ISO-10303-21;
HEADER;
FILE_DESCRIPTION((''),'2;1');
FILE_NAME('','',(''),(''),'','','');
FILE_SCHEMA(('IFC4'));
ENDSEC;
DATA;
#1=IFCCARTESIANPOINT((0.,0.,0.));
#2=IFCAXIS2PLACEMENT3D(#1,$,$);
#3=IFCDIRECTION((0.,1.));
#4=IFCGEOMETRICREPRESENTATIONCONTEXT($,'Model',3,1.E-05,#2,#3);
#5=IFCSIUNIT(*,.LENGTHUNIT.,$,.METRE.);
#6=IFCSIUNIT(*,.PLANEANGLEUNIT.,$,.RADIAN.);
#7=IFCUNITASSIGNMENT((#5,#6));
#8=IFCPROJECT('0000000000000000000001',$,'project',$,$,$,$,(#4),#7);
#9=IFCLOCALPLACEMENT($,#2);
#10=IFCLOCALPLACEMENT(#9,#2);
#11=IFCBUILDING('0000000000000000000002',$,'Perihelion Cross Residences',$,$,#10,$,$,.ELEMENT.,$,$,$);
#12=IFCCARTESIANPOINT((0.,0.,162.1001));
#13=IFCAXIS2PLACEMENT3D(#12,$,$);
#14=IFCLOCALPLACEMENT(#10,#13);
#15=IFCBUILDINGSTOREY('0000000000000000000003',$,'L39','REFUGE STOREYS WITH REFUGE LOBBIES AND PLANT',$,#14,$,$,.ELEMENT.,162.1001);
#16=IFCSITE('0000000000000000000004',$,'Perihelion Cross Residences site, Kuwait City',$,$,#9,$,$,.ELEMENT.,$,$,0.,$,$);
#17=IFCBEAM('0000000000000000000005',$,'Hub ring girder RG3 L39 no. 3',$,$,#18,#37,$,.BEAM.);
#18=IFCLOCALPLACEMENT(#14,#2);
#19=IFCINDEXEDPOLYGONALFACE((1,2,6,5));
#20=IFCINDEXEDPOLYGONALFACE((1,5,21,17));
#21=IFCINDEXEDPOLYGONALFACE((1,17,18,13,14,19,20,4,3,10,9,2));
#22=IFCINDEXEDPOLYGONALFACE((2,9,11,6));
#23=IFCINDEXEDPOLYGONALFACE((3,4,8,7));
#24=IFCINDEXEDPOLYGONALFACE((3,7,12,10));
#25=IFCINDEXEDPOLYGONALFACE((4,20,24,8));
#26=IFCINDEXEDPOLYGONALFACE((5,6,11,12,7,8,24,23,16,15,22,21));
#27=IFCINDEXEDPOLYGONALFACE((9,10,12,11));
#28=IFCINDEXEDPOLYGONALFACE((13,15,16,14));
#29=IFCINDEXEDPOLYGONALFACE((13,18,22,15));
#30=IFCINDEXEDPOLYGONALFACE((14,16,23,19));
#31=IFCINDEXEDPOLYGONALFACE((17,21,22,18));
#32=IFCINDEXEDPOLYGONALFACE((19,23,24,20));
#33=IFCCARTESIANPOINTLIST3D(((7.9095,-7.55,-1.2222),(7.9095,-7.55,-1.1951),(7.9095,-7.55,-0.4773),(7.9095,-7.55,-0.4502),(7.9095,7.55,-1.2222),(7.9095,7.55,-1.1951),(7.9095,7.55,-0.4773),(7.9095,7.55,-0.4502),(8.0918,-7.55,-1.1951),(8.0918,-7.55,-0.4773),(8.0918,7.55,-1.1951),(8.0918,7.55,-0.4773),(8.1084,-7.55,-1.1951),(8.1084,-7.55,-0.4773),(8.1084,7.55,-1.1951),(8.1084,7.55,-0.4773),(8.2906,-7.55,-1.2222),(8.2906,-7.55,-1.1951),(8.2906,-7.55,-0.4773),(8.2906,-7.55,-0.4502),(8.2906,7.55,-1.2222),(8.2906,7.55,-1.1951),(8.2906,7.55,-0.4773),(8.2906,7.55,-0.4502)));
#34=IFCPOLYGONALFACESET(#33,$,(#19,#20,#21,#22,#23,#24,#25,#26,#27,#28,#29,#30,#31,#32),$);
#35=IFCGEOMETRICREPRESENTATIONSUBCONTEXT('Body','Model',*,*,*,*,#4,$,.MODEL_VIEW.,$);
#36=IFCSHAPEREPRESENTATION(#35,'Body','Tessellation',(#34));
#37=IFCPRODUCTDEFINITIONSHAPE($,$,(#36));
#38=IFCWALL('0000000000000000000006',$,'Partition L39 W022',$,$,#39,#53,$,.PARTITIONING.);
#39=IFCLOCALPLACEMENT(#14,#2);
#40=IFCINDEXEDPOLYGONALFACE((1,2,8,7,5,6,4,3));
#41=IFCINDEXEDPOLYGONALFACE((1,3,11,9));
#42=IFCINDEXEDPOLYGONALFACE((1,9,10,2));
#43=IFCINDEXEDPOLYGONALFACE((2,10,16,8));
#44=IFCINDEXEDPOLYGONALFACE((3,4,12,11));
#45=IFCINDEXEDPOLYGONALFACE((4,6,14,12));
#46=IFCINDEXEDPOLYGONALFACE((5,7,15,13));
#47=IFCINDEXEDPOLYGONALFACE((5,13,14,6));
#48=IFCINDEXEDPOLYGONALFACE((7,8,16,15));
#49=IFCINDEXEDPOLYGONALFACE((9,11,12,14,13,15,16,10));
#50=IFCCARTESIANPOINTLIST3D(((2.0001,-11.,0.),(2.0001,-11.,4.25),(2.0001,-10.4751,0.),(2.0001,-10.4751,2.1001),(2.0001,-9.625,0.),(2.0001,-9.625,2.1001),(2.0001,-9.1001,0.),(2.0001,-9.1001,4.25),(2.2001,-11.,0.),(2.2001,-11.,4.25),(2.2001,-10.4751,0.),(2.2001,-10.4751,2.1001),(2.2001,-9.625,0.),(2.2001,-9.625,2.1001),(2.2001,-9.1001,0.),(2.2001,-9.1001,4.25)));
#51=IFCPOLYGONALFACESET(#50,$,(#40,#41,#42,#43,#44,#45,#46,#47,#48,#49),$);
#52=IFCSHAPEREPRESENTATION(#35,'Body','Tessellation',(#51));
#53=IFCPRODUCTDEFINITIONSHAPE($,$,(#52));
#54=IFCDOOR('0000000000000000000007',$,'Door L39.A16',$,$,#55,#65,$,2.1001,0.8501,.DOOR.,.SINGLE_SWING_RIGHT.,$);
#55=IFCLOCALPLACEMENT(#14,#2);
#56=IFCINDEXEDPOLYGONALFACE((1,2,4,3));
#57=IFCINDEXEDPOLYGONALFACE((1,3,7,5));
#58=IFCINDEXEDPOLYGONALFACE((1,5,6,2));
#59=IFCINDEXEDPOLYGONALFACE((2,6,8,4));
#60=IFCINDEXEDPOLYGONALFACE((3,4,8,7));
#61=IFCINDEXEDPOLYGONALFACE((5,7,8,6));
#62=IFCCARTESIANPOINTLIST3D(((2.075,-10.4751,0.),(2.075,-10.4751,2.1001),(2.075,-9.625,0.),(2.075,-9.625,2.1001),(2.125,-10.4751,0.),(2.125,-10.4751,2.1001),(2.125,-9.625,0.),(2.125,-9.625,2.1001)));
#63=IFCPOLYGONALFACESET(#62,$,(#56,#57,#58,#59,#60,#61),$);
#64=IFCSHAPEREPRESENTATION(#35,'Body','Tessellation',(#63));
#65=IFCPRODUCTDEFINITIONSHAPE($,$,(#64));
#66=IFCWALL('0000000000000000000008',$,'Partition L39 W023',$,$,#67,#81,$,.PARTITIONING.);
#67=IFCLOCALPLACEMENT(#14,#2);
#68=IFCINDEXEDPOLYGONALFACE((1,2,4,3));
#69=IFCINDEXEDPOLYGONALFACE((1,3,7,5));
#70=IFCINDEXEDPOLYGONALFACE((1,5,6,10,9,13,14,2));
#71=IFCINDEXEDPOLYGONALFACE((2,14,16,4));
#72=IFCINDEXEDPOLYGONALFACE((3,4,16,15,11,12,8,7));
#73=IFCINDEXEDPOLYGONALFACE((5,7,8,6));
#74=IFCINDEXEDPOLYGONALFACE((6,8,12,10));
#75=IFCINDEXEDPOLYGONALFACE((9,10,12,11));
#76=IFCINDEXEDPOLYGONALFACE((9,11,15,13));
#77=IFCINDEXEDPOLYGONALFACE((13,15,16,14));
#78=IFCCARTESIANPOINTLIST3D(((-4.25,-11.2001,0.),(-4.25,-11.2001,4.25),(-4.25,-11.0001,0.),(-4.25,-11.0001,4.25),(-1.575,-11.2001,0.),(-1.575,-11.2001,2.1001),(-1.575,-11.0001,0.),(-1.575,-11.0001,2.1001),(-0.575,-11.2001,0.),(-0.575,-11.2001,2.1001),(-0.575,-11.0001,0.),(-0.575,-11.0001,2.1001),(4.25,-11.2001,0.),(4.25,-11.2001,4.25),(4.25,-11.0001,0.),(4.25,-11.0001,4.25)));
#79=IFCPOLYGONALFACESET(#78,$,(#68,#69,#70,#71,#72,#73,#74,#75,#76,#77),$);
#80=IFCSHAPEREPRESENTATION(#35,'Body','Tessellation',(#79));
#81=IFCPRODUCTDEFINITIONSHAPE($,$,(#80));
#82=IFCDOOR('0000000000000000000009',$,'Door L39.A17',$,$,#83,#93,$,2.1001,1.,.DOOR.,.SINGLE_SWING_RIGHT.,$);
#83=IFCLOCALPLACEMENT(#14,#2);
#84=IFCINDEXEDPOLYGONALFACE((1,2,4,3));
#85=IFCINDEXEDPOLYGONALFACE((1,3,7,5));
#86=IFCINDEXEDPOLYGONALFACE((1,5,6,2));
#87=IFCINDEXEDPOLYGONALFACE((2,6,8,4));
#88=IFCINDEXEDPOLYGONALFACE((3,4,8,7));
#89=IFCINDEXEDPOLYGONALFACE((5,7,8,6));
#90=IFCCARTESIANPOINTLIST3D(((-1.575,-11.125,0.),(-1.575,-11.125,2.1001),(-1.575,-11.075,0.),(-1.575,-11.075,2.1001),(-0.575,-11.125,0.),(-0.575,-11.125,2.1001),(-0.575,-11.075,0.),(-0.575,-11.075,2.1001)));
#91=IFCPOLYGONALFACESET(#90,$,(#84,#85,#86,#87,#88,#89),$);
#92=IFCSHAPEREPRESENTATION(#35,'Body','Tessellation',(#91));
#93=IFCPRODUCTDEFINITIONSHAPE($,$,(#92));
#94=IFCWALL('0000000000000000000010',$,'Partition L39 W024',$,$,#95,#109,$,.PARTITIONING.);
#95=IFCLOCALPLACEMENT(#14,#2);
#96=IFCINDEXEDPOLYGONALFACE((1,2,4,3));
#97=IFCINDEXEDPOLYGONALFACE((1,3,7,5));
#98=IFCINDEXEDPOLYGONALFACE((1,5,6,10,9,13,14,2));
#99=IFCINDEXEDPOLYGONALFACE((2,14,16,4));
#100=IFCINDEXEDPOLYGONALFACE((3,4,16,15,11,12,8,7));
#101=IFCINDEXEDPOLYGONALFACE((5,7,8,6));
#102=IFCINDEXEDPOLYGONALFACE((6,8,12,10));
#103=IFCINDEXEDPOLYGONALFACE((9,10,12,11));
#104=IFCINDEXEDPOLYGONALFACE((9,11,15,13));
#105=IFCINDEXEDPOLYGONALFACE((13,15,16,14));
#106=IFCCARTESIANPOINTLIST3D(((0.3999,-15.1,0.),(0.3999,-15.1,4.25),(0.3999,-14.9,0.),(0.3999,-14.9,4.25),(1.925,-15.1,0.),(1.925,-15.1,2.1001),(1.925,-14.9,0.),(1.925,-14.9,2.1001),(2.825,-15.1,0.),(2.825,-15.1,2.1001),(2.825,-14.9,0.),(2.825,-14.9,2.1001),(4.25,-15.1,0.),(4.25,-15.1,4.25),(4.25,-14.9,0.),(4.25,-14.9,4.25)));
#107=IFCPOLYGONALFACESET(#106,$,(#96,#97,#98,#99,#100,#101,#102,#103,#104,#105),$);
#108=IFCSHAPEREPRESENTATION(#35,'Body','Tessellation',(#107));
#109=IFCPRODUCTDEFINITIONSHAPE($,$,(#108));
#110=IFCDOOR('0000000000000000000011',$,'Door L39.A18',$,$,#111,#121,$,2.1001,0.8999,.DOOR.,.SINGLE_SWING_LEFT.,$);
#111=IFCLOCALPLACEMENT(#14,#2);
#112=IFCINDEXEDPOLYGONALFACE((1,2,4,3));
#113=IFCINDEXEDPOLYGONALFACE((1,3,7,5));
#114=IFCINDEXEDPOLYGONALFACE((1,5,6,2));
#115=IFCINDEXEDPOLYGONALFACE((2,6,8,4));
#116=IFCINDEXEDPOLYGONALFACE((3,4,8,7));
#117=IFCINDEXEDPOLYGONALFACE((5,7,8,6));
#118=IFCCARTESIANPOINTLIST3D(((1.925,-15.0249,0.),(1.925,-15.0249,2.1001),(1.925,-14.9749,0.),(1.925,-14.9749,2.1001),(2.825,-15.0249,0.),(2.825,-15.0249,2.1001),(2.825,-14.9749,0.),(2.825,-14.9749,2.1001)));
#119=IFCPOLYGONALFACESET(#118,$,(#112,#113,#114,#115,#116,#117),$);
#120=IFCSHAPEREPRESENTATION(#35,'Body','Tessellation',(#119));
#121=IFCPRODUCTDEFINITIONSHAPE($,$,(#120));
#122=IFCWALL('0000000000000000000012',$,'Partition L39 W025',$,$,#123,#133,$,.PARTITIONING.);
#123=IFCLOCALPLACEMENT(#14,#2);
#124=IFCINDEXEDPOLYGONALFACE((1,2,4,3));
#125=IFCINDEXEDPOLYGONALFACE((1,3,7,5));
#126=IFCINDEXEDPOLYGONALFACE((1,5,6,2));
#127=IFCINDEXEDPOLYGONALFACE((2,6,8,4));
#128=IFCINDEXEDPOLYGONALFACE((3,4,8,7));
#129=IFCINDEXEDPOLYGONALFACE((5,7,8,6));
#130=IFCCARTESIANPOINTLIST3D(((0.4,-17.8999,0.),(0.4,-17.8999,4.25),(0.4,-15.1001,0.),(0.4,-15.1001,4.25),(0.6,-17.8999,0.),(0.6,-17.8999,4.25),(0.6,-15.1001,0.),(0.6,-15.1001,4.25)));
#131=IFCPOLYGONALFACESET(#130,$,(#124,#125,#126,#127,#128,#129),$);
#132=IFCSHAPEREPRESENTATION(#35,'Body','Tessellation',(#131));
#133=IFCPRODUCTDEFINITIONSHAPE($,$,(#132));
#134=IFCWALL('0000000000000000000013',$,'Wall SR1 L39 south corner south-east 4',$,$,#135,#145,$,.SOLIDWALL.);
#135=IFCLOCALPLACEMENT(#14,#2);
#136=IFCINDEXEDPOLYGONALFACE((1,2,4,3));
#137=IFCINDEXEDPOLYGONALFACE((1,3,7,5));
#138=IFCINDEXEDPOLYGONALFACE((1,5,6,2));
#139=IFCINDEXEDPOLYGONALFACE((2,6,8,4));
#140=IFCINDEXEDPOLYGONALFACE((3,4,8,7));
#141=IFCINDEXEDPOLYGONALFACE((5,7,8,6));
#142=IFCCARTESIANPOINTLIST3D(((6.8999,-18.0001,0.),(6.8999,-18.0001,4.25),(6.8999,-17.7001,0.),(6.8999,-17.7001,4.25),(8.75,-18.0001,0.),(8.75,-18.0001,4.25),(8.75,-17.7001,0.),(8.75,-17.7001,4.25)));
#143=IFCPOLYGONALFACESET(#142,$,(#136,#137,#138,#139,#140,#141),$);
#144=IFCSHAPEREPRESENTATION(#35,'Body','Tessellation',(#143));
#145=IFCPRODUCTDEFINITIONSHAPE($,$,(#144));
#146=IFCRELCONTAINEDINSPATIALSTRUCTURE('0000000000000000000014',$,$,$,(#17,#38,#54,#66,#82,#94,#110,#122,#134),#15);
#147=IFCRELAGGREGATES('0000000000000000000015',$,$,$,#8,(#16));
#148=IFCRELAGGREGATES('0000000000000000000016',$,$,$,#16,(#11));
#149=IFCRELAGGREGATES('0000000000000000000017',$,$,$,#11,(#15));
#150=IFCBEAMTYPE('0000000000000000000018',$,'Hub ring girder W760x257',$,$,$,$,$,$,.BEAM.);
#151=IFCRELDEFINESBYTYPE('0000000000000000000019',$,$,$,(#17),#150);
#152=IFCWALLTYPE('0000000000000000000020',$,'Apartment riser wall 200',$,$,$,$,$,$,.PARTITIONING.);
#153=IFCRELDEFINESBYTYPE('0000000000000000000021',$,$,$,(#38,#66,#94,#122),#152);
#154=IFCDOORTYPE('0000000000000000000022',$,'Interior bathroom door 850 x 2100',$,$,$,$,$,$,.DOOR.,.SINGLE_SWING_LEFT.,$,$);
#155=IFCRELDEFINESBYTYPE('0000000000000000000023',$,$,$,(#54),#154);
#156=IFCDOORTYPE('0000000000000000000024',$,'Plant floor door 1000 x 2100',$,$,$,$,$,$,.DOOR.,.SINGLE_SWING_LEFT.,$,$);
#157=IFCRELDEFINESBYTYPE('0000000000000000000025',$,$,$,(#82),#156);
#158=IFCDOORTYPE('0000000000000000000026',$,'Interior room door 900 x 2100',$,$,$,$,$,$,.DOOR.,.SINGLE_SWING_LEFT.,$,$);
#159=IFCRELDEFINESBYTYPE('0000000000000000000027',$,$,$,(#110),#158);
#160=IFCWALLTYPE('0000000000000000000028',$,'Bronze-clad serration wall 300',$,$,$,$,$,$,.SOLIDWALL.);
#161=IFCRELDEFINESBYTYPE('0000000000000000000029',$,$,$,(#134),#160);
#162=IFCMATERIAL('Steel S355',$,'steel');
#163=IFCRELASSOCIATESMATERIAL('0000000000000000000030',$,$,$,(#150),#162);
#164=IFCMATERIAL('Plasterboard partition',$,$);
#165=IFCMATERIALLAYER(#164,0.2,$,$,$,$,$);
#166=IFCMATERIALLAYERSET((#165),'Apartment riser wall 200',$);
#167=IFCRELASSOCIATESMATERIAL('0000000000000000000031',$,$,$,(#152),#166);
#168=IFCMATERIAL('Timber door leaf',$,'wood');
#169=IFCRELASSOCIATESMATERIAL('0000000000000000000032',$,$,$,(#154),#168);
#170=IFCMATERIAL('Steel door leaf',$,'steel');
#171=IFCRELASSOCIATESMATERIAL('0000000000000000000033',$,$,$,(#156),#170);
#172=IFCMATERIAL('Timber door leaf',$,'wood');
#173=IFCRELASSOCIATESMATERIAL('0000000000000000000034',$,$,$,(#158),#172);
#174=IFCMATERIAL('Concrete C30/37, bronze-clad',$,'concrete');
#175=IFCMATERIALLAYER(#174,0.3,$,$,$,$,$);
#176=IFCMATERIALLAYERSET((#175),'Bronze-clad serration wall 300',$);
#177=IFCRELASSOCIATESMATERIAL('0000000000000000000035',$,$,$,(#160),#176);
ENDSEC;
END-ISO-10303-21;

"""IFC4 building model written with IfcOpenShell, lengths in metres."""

from ifc_helpers import new_model, si_unit, direction, frame, frame_2d, origin, origin_2d, place, context, subcontext, project, spatial, rectangle, i_section, extrude, material, layer, layer_set, material_profile, profile_set, type_object, element, fill, save


model = new_model("IFC4")

# Units and contexts
model_context = context("Model", 3, precision=1e-05, world=origin(), true_north=direction((0.0, 1.0)))
body_context = subcontext(model_context, "Body", "Model", "MODEL_VIEW")
ifc_project = project(units=[si_unit("LENGTHUNIT", "METRE"), si_unit("PLANEANGLEUNIT", "RADIAN")], contexts=[model_context])

# Site, building, storey
site_placement = place(None, origin())
site = spatial("IfcSite", under=ifc_project, at=site_placement, Name="Perihelion Cross Residences site, Kuwait City", CompositionType="ELEMENT", RefElevation=0.0)
building_placement = place(site_placement, origin())
building = spatial("IfcBuilding", under=site, at=building_placement, Name="Perihelion Cross Residences", CompositionType="ELEMENT")
storey_placement = place(building_placement, frame((0.0, 0.0, 162.1001)))
storey = spatial("IfcBuildingStorey", under=building, at=storey_placement, Name="L39", Description="REFUGE STOREYS WITH REFUGE LOBBIES AND PLANT", CompositionType="ELEMENT", Elevation=162.1001)

# Beam
ifc_material_1 = material(Name="Steel S355", Category="steel")
ifc_material_profile_1 = material_profile(ifc_material_1, i_section(OverallWidth=0.3811, OverallDepth=0.772, WebThickness=0.0166, FlangeThickness=0.0271, at=origin_2d()), Name="W760x257")
ifc_profile_set_1 = profile_set([ifc_material_profile_1], Name="Steel S355")
beam_type_1 = type_object("IfcBeamType", Name="Hub ring girder W760x257", PredefinedType="BEAM", material=ifc_profile_set_1)
beam_1_placement = place(storey_placement, frame((8.1001, -7.55, -0.8362), z_axis=(0.0, 1.0, 0.0), x_axis=(-1.0, 0.0, 0.0)))
element("IfcBeam", 1, at=beam_1_placement, inside=storey, type_object=beam_type_1, Name="Hub ring girder RG3 L39 no. 3", PredefinedType="BEAM", context=body_context, shape_type="SweptSolid", body=[
    extrude(i_section(OverallWidth=0.3811, OverallDepth=0.772, WebThickness=0.0166, FlangeThickness=0.0271, at=origin_2d()), origin(), (0.0, 0.0, 1.0), 15.1001),
])

# Walls, openings, doors
ifc_material_2 = material(Name="Plasterboard partition")
ifc_layer_1 = layer(ifc_material_2, 0.2)
ifc_layer_set_1 = layer_set([ifc_layer_1], Name="Apartment riser wall 200")
wall_type_1 = type_object("IfcWallType", Name="Apartment riser wall 200", PredefinedType="PARTITIONING", material=ifc_layer_set_1)
wall_1_placement = place(storey_placement, frame((2.1001, -9.1001, 0.0), z_axis=(0.0, 0.0, 1.0), x_axis=(0.0, -1.0, 0.0)))
wall_1 = element("IfcWall", 2, at=wall_1_placement, inside=storey, type_object=wall_type_1, Name="Partition L39 W022", PredefinedType="PARTITIONING", context=body_context, shape_type="SweptSolid", body=[
    extrude(rectangle(XDim=1.8999, YDim=0.2, at=frame_2d((0.95, 0.0))), origin(), (0.0, 0.0, 1.0), 4.25),
])
opening_1_placement = place(wall_1_placement, frame((0.5249, 0.0, 0.0)))
opening_1 = element("IfcOpeningElement", 3, at=opening_1_placement, cuts=wall_1, PredefinedType="OPENING", context=body_context, shape_type="SweptSolid", body=[
    extrude(rectangle(XDim=0.8501, YDim=2.1001, at=frame_2d((0.425, 1.05))), frame((0.0, 0.1099, 0.0), z_axis=(0.0, -1.0, 0.0), x_axis=(1.0, 0.0, 0.0)), (0.0, 0.0, 1.0), 0.22),
])
ifc_material_3 = material(Name="Timber door leaf", Category="wood")
door_type_1 = type_object("IfcDoorType", Name="Interior bathroom door 850 x 2100", OperationType="SINGLE_SWING_LEFT", PredefinedType="DOOR", material=ifc_material_3)
door_1_placement = place(opening_1_placement, origin())
door_1 = element("IfcDoor", 4, at=door_1_placement, inside=storey, type_object=door_type_1, Name="Door L39.A16", OperationType="SINGLE_SWING_RIGHT", OverallHeight=2.1001, OverallWidth=0.8501, PredefinedType="DOOR", context=body_context, shape_type="SweptSolid", body=[
    extrude(rectangle(XDim=0.8501, YDim=2.1001, at=frame_2d((0.425, 1.05))), frame((0.0, 0.0249, 0.0), z_axis=(0.0, -1.0, 0.0), x_axis=(1.0, 0.0, 0.0)), (0.0, 0.0, 1.0), 0.05),
])
fill(opening_1, door_1)
wall_2_placement = place(storey_placement, frame((4.25, -11.1001, 0.0), z_axis=(0.0, 0.0, 1.0), x_axis=(-1.0, 0.0, 0.0)))
wall_2 = element("IfcWall", 5, at=wall_2_placement, inside=storey, type_object=wall_type_1, Name="Partition L39 W023", PredefinedType="PARTITIONING", context=body_context, shape_type="SweptSolid", body=[
    extrude(rectangle(XDim=8.5, YDim=0.2, at=frame_2d((4.25, 0.0))), origin(), (0.0, 0.0, 1.0), 4.25),
])
opening_2_placement = place(wall_2_placement, frame((4.825, 0.0, 0.0)))
opening_2 = element("IfcOpeningElement", 6, at=opening_2_placement, cuts=wall_2, PredefinedType="OPENING", context=body_context, shape_type="SweptSolid", body=[
    extrude(rectangle(XDim=1.0, YDim=2.1001, at=frame_2d((0.5, 1.05))), frame((0.0, 0.1099, 0.0), z_axis=(0.0, -1.0, 0.0), x_axis=(1.0, 0.0, 0.0)), (0.0, 0.0, 1.0), 0.22),
])
ifc_material_4 = material(Name="Steel door leaf", Category="steel")
door_type_2 = type_object("IfcDoorType", Name="Plant floor door 1000 x 2100", OperationType="SINGLE_SWING_LEFT", PredefinedType="DOOR", material=ifc_material_4)
door_2_placement = place(opening_2_placement, origin())
door_2 = element("IfcDoor", 7, at=door_2_placement, inside=storey, type_object=door_type_2, Name="Door L39.A17", OperationType="SINGLE_SWING_RIGHT", OverallHeight=2.1001, OverallWidth=1.0, PredefinedType="DOOR", context=body_context, shape_type="SweptSolid", body=[
    extrude(rectangle(XDim=1.0, YDim=2.1001, at=frame_2d((0.5, 1.05))), frame((0.0, 0.0249, 0.0), z_axis=(0.0, -1.0, 0.0), x_axis=(1.0, 0.0, 0.0)), (0.0, 0.0, 1.0), 0.05),
])
fill(opening_2, door_2)
wall_3_placement = place(storey_placement, frame((4.25, -15.0, 0.0), z_axis=(0.0, 0.0, 1.0), x_axis=(-1.0, 0.0, 0.0)))
wall_3 = element("IfcWall", 8, at=wall_3_placement, inside=storey, type_object=wall_type_1, Name="Partition L39 W024", PredefinedType="PARTITIONING", context=body_context, shape_type="SweptSolid", body=[
    extrude(rectangle(XDim=3.8501, YDim=0.2, at=frame_2d((1.925, 0.0))), origin(), (0.0, 0.0, 1.0), 4.25),
])
opening_3_placement = place(wall_3_placement, frame((1.425, 0.0, 0.0)))
opening_3 = element("IfcOpeningElement", 9, at=opening_3_placement, cuts=wall_3, PredefinedType="OPENING", context=body_context, shape_type="SweptSolid", body=[
    extrude(rectangle(XDim=0.8999, YDim=2.1001, at=frame_2d((0.45, 1.05))), frame((0.0, 0.1099, 0.0), z_axis=(0.0, -1.0, 0.0), x_axis=(1.0, 0.0, 0.0)), (0.0, 0.0, 1.0), 0.22),
])
ifc_material_5 = material(Name="Timber door leaf", Category="wood")
door_type_3 = type_object("IfcDoorType", Name="Interior room door 900 x 2100", OperationType="SINGLE_SWING_LEFT", PredefinedType="DOOR", material=ifc_material_5)
door_3_placement = place(opening_3_placement, origin())
door_3 = element("IfcDoor", 10, at=door_3_placement, inside=storey, type_object=door_type_3, Name="Door L39.A18", OperationType="SINGLE_SWING_LEFT", OverallHeight=2.1001, OverallWidth=0.8999, PredefinedType="DOOR", context=body_context, shape_type="SweptSolid", body=[
    extrude(rectangle(XDim=0.8999, YDim=2.1001, at=frame_2d((0.45, 1.05))), frame((0.0, 0.0249, 0.0), z_axis=(0.0, -1.0, 0.0), x_axis=(1.0, 0.0, 0.0)), (0.0, 0.0, 1.0), 0.05),
])
fill(opening_3, door_3)

# Walls
wall_4_placement = place(storey_placement, frame((0.5, -15.1001, 0.0), z_axis=(0.0, 0.0, 1.0), x_axis=(0.0, -1.0, 0.0)))
element("IfcWall", 11, at=wall_4_placement, inside=storey, type_object=wall_type_1, Name="Partition L39 W025", PredefinedType="PARTITIONING", context=body_context, shape_type="SweptSolid", body=[
    extrude(rectangle(XDim=2.7998, YDim=0.2, at=frame_2d((1.3999, 0.0))), origin(), (0.0, 0.0, 1.0), 4.25),
])
ifc_material_6 = material(Name="Concrete C30/37, bronze-clad", Category="concrete")
ifc_layer_2 = layer(ifc_material_6, 0.3)
ifc_layer_set_2 = layer_set([ifc_layer_2], Name="Bronze-clad serration wall 300")
wall_type_2 = type_object("IfcWallType", Name="Bronze-clad serration wall 300", PredefinedType="SOLIDWALL", material=ifc_layer_set_2)
wall_5_placement = place(storey_placement, frame((6.8999, -17.8501, 0.0), z_axis=(0.0, 0.0, 1.0), x_axis=(1.0, 0.0, 0.0)))
element("IfcWall", 12, at=wall_5_placement, inside=storey, type_object=wall_type_2, Name="Wall SR1 L39 south corner south-east 4", PredefinedType="SOLIDWALL", context=body_context, shape_type="SweptSolid", body=[
    extrude(rectangle(XDim=1.8501, YDim=0.3, at=frame_2d((0.925, 0.0))), origin(), (0.0, 0.0, 1.0), 4.25),
])

save(model, "model.ifc")
